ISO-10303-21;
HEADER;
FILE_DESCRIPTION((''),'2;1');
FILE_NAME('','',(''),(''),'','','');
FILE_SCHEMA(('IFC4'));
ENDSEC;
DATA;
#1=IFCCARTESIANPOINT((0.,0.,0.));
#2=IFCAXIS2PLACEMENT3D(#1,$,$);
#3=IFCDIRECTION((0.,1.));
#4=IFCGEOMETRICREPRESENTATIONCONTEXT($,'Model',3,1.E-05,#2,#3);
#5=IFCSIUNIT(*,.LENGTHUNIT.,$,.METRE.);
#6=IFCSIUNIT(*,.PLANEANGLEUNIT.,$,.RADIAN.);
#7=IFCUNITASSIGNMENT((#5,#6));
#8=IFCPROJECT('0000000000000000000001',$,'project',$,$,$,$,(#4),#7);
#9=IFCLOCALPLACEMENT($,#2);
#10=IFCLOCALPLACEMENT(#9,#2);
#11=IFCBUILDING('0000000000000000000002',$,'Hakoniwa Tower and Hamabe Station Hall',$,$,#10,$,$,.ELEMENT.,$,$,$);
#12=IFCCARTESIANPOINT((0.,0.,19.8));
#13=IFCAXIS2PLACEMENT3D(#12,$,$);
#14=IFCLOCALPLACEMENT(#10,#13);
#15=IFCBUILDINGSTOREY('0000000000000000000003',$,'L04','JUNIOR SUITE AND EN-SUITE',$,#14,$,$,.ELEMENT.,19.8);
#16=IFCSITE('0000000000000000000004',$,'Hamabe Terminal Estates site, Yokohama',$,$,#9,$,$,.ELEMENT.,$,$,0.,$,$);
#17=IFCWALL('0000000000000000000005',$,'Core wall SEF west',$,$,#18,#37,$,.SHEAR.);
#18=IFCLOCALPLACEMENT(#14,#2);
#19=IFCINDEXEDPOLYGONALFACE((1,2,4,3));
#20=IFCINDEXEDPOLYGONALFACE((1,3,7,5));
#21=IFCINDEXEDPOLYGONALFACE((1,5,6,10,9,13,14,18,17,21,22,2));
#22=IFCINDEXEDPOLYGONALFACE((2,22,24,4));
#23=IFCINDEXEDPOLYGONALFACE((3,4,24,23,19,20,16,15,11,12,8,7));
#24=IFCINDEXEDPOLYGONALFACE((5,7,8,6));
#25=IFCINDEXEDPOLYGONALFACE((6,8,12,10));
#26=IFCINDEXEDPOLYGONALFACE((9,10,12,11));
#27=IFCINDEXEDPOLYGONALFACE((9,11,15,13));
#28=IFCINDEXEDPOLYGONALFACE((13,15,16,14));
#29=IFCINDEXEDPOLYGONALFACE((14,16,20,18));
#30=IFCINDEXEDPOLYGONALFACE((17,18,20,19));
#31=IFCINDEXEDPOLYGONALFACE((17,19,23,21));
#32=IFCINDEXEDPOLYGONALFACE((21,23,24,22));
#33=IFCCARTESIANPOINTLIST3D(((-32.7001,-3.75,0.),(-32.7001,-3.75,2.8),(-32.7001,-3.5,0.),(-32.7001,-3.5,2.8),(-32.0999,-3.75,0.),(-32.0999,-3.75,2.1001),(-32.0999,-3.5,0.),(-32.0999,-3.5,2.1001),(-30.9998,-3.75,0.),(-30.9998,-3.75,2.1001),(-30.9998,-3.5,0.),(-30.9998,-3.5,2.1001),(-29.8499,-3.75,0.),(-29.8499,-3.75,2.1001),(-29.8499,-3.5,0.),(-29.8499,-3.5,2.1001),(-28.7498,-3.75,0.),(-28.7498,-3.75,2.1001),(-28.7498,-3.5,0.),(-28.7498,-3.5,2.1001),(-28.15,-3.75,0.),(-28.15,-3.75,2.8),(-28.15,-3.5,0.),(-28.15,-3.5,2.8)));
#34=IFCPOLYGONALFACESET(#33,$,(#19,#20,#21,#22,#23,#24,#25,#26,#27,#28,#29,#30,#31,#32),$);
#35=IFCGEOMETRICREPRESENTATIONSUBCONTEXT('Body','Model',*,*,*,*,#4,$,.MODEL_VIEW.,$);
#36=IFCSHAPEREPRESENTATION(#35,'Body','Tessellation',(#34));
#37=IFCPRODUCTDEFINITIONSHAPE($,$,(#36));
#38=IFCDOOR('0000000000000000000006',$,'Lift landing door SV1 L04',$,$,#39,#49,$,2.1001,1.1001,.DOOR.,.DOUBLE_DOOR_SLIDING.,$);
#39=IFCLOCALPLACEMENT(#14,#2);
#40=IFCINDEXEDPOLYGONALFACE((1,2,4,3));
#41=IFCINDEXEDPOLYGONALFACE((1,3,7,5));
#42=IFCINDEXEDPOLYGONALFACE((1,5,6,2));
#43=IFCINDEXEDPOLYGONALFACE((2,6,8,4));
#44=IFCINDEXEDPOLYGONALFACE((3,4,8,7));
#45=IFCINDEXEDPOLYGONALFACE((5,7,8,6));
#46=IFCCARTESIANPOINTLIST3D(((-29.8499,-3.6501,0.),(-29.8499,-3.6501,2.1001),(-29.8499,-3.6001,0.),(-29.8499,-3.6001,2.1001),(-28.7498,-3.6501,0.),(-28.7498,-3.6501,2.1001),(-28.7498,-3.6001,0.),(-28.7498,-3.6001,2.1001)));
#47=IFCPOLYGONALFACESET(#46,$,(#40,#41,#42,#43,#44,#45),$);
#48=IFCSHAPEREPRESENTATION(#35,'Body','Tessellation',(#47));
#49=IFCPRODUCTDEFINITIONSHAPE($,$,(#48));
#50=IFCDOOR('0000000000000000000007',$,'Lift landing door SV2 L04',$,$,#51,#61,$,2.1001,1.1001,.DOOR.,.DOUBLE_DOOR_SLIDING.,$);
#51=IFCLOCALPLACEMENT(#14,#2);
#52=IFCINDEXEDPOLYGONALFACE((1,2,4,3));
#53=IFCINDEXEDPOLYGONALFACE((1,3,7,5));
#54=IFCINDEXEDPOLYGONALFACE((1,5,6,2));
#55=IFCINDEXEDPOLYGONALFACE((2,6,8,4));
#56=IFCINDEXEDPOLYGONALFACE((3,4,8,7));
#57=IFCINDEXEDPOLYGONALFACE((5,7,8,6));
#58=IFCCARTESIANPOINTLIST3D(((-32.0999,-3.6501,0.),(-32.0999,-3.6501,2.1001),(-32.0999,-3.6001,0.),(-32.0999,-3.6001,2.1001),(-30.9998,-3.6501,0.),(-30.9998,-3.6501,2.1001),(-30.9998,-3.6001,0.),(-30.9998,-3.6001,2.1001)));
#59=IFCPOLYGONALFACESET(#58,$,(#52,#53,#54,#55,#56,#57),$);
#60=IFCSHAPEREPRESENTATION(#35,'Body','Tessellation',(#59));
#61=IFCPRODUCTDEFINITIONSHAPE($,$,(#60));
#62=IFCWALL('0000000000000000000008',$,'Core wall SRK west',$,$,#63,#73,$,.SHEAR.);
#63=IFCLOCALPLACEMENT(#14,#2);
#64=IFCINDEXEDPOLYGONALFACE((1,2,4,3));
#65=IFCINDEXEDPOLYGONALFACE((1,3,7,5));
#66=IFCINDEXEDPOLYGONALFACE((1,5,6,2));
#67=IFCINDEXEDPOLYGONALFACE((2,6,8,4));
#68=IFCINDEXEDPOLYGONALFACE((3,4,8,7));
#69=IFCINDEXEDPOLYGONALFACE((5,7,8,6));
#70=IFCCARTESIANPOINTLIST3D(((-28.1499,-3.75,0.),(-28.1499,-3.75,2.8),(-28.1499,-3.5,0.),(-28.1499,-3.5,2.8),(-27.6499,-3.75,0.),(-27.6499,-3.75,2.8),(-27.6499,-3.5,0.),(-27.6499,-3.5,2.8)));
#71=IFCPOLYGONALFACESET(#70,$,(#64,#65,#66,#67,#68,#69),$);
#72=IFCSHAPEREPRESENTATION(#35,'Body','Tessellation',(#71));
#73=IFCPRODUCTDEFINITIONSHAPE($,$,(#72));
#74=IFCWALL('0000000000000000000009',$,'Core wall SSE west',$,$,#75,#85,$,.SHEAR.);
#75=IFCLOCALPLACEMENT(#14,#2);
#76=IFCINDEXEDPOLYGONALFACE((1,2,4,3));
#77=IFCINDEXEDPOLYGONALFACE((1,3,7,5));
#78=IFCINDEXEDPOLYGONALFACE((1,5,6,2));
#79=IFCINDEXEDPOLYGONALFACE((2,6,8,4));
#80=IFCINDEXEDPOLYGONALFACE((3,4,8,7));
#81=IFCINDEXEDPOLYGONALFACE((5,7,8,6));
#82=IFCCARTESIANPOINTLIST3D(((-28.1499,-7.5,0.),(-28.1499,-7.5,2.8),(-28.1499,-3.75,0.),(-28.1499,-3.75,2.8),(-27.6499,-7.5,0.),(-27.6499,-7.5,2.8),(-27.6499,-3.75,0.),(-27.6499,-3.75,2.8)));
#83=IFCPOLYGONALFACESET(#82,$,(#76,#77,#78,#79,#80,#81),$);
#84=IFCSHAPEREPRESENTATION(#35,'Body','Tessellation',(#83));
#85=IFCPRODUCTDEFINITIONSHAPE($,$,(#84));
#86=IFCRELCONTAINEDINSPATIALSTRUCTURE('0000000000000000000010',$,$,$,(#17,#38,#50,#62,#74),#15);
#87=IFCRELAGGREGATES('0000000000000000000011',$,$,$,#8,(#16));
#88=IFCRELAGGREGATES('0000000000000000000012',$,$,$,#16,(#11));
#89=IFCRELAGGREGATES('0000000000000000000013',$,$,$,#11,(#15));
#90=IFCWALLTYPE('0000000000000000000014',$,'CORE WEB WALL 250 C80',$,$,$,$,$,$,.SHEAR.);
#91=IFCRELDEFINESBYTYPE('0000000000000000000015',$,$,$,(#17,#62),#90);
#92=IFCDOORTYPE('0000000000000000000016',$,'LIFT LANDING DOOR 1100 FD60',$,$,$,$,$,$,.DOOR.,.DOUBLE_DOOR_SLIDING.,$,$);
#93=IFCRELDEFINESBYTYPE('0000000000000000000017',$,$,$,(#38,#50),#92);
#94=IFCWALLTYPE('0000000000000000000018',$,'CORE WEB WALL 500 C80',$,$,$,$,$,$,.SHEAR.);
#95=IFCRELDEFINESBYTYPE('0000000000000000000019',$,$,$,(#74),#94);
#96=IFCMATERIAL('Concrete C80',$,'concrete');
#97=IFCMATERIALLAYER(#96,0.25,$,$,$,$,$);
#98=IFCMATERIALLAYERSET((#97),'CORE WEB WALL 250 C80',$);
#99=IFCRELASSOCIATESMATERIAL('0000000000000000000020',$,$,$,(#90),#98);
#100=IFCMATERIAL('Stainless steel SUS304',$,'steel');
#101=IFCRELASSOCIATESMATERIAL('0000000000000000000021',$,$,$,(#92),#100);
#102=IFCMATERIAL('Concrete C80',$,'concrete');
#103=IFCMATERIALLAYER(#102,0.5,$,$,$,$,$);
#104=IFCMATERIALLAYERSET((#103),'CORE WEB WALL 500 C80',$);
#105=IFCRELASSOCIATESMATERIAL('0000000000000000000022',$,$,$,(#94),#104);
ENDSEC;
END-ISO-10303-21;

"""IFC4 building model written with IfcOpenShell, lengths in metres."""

from ifc_helpers import new_model, si_unit, direction, frame, frame_2d, origin, place, context, subcontext, project, spatial, rectangle, extrude, material, layer, layer_set, type_object, element, fill, save


model = new_model("IFC4")

# Units and contexts
model_context = context("Model", 3, precision=1e-05, world=origin(), true_north=direction((0.0, 1.0)))
body_context = subcontext(model_context, "Body", "Model", "MODEL_VIEW")
ifc_project = project(units=[si_unit("LENGTHUNIT", "METRE"), si_unit("PLANEANGLEUNIT", "RADIAN")], contexts=[model_context])

# Site, building, storey
site_placement = place(None, origin())
site = spatial("IfcSite", under=ifc_project, at=site_placement, Name="Hamabe Terminal Estates site, Yokohama", CompositionType="ELEMENT", RefElevation=0.0)
building_placement = place(site_placement, origin())
building = spatial("IfcBuilding", under=site, at=building_placement, Name="Hakoniwa Tower and Hamabe Station Hall", CompositionType="ELEMENT")
storey_placement = place(building_placement, frame((0.0, 0.0, 19.8)))
storey = spatial("IfcBuildingStorey", under=building, at=storey_placement, Name="L04", Description="JUNIOR SUITE AND EN-SUITE", CompositionType="ELEMENT", Elevation=19.8)

# Shared definitions
ifc_material_1 = material(Name="Concrete C80", Category="concrete")
ifc_layer_1 = layer(ifc_material_1, 0.25)
ifc_layer_set_1 = layer_set([ifc_layer_1], Name="CORE WEB WALL 250 C80")
wall_type_1 = type_object("IfcWallType", Name="CORE WEB WALL 250 C80", PredefinedType="SHEAR", material=ifc_layer_set_1)

# Wall, openings, doors
wall_1_placement = place(storey_placement, frame((-32.7, -3.625, 0.0), z_axis=(0.0, 0.0, 1.0), x_axis=(1.0, 0.0, 0.0)))
wall_1 = element("IfcWall", 1, at=wall_1_placement, inside=storey, type_object=wall_type_1, Name="Core wall SEF west", PredefinedType="SHEAR", context=body_context, shape_type="SweptSolid", body=[
    extrude(rectangle(XDim=4.55, YDim=0.25, at=frame_2d((2.2749, 0.0))), origin(), (0.0, 0.0, 1.0), 2.8),
])
opening_1_placement = place(wall_1_placement, frame((2.8501, 0.0, 0.0)))
opening_1 = element("IfcOpeningElement", 2, at=opening_1_placement, cuts=wall_1, PredefinedType="OPENING", context=body_context, shape_type="SweptSolid", body=[
    extrude(rectangle(XDim=1.1001, YDim=2.1001, at=frame_2d((0.55, 1.05))), frame((0.0, 0.135, 0.0), z_axis=(0.0, -1.0, 0.0), x_axis=(1.0, 0.0, 0.0)), (0.0, 0.0, 1.0), 0.27),
])
opening_2_placement = place(wall_1_placement, frame((0.6001, 0.0, 0.0)))
opening_2 = element("IfcOpeningElement", 3, at=opening_2_placement, cuts=wall_1, PredefinedType="OPENING", context=body_context, shape_type="SweptSolid", body=[
    extrude(rectangle(XDim=1.1001, YDim=2.1001, at=frame_2d((0.55, 1.05))), frame((0.0, 0.135, 0.0), z_axis=(0.0, -1.0, 0.0), x_axis=(1.0, 0.0, 0.0)), (0.0, 0.0, 1.0), 0.27),
])
ifc_material_2 = material(Name="Stainless steel SUS304", Category="steel")
door_type_1 = type_object("IfcDoorType", Name="LIFT LANDING DOOR 1100 FD60", OperationType="DOUBLE_DOOR_SLIDING", PredefinedType="DOOR", material=ifc_material_2)
door_1_placement = place(opening_1_placement, origin())
door_1 = element("IfcDoor", 4, at=door_1_placement, inside=storey, type_object=door_type_1, Name="Lift landing door SV1 L04", OperationType="DOUBLE_DOOR_SLIDING", OverallHeight=2.1001, OverallWidth=1.1001, PredefinedType="DOOR", context=body_context, shape_type="SweptSolid", body=[
    extrude(rectangle(XDim=1.1001, YDim=2.1001, at=frame_2d((0.55, 1.05))), frame((0.0, 0.0249, 0.0), z_axis=(0.0, -1.0, 0.0), x_axis=(1.0, 0.0, 0.0)), (0.0, 0.0, 1.0), 0.05),
])
fill(opening_1, door_1)
door_2_placement = place(opening_2_placement, origin())
door_2 = element("IfcDoor", 5, at=door_2_placement, inside=storey, type_object=door_type_1, Name="Lift landing door SV2 L04", OperationType="DOUBLE_DOOR_SLIDING", OverallHeight=2.1001, OverallWidth=1.1001, PredefinedType="DOOR", context=body_context, shape_type="SweptSolid", body=[
    extrude(rectangle(XDim=1.1001, YDim=2.1001, at=frame_2d((0.55, 1.05))), frame((0.0, 0.0249, 0.0), z_axis=(0.0, -1.0, 0.0), x_axis=(1.0, 0.0, 0.0)), (0.0, 0.0, 1.0), 0.05),
])
fill(opening_2, door_2)

# Walls
wall_2_placement = place(storey_placement, frame((-28.1499, -3.625, 0.0), z_axis=(0.0, 0.0, 1.0), x_axis=(1.0, 0.0, 0.0)))
element("IfcWall", 6, at=wall_2_placement, inside=storey, type_object=wall_type_1, Name="Core wall SRK west", PredefinedType="SHEAR", context=body_context, shape_type="SweptSolid", body=[
    extrude(rectangle(XDim=0.5, YDim=0.25, at=frame_2d((0.25, 0.0))), origin(), (0.0, 0.0, 1.0), 2.8),
])
ifc_material_3 = material(Name="Concrete C80", Category="concrete")
ifc_layer_2 = layer(ifc_material_3, 0.5)
ifc_layer_set_2 = layer_set([ifc_layer_2], Name="CORE WEB WALL 500 C80")
wall_type_2 = type_object("IfcWallType", Name="CORE WEB WALL 500 C80", PredefinedType="SHEAR", material=ifc_layer_set_2)
wall_3_placement = place(storey_placement, frame((-27.8999, -7.5, 0.0), z_axis=(0.0, 0.0, 1.0), x_axis=(0.0, 1.0, 0.0)))
element("IfcWall", 7, at=wall_3_placement, inside=storey, type_object=wall_type_2, Name="Core wall SSE west", PredefinedType="SHEAR", context=body_context, shape_type="SweptSolid", body=[
    extrude(rectangle(XDim=3.75, YDim=0.5, at=frame_2d((1.875, 0.0))), origin(), (0.0, 0.0, 1.0), 2.8),
])

save(model, "model.ifc")
